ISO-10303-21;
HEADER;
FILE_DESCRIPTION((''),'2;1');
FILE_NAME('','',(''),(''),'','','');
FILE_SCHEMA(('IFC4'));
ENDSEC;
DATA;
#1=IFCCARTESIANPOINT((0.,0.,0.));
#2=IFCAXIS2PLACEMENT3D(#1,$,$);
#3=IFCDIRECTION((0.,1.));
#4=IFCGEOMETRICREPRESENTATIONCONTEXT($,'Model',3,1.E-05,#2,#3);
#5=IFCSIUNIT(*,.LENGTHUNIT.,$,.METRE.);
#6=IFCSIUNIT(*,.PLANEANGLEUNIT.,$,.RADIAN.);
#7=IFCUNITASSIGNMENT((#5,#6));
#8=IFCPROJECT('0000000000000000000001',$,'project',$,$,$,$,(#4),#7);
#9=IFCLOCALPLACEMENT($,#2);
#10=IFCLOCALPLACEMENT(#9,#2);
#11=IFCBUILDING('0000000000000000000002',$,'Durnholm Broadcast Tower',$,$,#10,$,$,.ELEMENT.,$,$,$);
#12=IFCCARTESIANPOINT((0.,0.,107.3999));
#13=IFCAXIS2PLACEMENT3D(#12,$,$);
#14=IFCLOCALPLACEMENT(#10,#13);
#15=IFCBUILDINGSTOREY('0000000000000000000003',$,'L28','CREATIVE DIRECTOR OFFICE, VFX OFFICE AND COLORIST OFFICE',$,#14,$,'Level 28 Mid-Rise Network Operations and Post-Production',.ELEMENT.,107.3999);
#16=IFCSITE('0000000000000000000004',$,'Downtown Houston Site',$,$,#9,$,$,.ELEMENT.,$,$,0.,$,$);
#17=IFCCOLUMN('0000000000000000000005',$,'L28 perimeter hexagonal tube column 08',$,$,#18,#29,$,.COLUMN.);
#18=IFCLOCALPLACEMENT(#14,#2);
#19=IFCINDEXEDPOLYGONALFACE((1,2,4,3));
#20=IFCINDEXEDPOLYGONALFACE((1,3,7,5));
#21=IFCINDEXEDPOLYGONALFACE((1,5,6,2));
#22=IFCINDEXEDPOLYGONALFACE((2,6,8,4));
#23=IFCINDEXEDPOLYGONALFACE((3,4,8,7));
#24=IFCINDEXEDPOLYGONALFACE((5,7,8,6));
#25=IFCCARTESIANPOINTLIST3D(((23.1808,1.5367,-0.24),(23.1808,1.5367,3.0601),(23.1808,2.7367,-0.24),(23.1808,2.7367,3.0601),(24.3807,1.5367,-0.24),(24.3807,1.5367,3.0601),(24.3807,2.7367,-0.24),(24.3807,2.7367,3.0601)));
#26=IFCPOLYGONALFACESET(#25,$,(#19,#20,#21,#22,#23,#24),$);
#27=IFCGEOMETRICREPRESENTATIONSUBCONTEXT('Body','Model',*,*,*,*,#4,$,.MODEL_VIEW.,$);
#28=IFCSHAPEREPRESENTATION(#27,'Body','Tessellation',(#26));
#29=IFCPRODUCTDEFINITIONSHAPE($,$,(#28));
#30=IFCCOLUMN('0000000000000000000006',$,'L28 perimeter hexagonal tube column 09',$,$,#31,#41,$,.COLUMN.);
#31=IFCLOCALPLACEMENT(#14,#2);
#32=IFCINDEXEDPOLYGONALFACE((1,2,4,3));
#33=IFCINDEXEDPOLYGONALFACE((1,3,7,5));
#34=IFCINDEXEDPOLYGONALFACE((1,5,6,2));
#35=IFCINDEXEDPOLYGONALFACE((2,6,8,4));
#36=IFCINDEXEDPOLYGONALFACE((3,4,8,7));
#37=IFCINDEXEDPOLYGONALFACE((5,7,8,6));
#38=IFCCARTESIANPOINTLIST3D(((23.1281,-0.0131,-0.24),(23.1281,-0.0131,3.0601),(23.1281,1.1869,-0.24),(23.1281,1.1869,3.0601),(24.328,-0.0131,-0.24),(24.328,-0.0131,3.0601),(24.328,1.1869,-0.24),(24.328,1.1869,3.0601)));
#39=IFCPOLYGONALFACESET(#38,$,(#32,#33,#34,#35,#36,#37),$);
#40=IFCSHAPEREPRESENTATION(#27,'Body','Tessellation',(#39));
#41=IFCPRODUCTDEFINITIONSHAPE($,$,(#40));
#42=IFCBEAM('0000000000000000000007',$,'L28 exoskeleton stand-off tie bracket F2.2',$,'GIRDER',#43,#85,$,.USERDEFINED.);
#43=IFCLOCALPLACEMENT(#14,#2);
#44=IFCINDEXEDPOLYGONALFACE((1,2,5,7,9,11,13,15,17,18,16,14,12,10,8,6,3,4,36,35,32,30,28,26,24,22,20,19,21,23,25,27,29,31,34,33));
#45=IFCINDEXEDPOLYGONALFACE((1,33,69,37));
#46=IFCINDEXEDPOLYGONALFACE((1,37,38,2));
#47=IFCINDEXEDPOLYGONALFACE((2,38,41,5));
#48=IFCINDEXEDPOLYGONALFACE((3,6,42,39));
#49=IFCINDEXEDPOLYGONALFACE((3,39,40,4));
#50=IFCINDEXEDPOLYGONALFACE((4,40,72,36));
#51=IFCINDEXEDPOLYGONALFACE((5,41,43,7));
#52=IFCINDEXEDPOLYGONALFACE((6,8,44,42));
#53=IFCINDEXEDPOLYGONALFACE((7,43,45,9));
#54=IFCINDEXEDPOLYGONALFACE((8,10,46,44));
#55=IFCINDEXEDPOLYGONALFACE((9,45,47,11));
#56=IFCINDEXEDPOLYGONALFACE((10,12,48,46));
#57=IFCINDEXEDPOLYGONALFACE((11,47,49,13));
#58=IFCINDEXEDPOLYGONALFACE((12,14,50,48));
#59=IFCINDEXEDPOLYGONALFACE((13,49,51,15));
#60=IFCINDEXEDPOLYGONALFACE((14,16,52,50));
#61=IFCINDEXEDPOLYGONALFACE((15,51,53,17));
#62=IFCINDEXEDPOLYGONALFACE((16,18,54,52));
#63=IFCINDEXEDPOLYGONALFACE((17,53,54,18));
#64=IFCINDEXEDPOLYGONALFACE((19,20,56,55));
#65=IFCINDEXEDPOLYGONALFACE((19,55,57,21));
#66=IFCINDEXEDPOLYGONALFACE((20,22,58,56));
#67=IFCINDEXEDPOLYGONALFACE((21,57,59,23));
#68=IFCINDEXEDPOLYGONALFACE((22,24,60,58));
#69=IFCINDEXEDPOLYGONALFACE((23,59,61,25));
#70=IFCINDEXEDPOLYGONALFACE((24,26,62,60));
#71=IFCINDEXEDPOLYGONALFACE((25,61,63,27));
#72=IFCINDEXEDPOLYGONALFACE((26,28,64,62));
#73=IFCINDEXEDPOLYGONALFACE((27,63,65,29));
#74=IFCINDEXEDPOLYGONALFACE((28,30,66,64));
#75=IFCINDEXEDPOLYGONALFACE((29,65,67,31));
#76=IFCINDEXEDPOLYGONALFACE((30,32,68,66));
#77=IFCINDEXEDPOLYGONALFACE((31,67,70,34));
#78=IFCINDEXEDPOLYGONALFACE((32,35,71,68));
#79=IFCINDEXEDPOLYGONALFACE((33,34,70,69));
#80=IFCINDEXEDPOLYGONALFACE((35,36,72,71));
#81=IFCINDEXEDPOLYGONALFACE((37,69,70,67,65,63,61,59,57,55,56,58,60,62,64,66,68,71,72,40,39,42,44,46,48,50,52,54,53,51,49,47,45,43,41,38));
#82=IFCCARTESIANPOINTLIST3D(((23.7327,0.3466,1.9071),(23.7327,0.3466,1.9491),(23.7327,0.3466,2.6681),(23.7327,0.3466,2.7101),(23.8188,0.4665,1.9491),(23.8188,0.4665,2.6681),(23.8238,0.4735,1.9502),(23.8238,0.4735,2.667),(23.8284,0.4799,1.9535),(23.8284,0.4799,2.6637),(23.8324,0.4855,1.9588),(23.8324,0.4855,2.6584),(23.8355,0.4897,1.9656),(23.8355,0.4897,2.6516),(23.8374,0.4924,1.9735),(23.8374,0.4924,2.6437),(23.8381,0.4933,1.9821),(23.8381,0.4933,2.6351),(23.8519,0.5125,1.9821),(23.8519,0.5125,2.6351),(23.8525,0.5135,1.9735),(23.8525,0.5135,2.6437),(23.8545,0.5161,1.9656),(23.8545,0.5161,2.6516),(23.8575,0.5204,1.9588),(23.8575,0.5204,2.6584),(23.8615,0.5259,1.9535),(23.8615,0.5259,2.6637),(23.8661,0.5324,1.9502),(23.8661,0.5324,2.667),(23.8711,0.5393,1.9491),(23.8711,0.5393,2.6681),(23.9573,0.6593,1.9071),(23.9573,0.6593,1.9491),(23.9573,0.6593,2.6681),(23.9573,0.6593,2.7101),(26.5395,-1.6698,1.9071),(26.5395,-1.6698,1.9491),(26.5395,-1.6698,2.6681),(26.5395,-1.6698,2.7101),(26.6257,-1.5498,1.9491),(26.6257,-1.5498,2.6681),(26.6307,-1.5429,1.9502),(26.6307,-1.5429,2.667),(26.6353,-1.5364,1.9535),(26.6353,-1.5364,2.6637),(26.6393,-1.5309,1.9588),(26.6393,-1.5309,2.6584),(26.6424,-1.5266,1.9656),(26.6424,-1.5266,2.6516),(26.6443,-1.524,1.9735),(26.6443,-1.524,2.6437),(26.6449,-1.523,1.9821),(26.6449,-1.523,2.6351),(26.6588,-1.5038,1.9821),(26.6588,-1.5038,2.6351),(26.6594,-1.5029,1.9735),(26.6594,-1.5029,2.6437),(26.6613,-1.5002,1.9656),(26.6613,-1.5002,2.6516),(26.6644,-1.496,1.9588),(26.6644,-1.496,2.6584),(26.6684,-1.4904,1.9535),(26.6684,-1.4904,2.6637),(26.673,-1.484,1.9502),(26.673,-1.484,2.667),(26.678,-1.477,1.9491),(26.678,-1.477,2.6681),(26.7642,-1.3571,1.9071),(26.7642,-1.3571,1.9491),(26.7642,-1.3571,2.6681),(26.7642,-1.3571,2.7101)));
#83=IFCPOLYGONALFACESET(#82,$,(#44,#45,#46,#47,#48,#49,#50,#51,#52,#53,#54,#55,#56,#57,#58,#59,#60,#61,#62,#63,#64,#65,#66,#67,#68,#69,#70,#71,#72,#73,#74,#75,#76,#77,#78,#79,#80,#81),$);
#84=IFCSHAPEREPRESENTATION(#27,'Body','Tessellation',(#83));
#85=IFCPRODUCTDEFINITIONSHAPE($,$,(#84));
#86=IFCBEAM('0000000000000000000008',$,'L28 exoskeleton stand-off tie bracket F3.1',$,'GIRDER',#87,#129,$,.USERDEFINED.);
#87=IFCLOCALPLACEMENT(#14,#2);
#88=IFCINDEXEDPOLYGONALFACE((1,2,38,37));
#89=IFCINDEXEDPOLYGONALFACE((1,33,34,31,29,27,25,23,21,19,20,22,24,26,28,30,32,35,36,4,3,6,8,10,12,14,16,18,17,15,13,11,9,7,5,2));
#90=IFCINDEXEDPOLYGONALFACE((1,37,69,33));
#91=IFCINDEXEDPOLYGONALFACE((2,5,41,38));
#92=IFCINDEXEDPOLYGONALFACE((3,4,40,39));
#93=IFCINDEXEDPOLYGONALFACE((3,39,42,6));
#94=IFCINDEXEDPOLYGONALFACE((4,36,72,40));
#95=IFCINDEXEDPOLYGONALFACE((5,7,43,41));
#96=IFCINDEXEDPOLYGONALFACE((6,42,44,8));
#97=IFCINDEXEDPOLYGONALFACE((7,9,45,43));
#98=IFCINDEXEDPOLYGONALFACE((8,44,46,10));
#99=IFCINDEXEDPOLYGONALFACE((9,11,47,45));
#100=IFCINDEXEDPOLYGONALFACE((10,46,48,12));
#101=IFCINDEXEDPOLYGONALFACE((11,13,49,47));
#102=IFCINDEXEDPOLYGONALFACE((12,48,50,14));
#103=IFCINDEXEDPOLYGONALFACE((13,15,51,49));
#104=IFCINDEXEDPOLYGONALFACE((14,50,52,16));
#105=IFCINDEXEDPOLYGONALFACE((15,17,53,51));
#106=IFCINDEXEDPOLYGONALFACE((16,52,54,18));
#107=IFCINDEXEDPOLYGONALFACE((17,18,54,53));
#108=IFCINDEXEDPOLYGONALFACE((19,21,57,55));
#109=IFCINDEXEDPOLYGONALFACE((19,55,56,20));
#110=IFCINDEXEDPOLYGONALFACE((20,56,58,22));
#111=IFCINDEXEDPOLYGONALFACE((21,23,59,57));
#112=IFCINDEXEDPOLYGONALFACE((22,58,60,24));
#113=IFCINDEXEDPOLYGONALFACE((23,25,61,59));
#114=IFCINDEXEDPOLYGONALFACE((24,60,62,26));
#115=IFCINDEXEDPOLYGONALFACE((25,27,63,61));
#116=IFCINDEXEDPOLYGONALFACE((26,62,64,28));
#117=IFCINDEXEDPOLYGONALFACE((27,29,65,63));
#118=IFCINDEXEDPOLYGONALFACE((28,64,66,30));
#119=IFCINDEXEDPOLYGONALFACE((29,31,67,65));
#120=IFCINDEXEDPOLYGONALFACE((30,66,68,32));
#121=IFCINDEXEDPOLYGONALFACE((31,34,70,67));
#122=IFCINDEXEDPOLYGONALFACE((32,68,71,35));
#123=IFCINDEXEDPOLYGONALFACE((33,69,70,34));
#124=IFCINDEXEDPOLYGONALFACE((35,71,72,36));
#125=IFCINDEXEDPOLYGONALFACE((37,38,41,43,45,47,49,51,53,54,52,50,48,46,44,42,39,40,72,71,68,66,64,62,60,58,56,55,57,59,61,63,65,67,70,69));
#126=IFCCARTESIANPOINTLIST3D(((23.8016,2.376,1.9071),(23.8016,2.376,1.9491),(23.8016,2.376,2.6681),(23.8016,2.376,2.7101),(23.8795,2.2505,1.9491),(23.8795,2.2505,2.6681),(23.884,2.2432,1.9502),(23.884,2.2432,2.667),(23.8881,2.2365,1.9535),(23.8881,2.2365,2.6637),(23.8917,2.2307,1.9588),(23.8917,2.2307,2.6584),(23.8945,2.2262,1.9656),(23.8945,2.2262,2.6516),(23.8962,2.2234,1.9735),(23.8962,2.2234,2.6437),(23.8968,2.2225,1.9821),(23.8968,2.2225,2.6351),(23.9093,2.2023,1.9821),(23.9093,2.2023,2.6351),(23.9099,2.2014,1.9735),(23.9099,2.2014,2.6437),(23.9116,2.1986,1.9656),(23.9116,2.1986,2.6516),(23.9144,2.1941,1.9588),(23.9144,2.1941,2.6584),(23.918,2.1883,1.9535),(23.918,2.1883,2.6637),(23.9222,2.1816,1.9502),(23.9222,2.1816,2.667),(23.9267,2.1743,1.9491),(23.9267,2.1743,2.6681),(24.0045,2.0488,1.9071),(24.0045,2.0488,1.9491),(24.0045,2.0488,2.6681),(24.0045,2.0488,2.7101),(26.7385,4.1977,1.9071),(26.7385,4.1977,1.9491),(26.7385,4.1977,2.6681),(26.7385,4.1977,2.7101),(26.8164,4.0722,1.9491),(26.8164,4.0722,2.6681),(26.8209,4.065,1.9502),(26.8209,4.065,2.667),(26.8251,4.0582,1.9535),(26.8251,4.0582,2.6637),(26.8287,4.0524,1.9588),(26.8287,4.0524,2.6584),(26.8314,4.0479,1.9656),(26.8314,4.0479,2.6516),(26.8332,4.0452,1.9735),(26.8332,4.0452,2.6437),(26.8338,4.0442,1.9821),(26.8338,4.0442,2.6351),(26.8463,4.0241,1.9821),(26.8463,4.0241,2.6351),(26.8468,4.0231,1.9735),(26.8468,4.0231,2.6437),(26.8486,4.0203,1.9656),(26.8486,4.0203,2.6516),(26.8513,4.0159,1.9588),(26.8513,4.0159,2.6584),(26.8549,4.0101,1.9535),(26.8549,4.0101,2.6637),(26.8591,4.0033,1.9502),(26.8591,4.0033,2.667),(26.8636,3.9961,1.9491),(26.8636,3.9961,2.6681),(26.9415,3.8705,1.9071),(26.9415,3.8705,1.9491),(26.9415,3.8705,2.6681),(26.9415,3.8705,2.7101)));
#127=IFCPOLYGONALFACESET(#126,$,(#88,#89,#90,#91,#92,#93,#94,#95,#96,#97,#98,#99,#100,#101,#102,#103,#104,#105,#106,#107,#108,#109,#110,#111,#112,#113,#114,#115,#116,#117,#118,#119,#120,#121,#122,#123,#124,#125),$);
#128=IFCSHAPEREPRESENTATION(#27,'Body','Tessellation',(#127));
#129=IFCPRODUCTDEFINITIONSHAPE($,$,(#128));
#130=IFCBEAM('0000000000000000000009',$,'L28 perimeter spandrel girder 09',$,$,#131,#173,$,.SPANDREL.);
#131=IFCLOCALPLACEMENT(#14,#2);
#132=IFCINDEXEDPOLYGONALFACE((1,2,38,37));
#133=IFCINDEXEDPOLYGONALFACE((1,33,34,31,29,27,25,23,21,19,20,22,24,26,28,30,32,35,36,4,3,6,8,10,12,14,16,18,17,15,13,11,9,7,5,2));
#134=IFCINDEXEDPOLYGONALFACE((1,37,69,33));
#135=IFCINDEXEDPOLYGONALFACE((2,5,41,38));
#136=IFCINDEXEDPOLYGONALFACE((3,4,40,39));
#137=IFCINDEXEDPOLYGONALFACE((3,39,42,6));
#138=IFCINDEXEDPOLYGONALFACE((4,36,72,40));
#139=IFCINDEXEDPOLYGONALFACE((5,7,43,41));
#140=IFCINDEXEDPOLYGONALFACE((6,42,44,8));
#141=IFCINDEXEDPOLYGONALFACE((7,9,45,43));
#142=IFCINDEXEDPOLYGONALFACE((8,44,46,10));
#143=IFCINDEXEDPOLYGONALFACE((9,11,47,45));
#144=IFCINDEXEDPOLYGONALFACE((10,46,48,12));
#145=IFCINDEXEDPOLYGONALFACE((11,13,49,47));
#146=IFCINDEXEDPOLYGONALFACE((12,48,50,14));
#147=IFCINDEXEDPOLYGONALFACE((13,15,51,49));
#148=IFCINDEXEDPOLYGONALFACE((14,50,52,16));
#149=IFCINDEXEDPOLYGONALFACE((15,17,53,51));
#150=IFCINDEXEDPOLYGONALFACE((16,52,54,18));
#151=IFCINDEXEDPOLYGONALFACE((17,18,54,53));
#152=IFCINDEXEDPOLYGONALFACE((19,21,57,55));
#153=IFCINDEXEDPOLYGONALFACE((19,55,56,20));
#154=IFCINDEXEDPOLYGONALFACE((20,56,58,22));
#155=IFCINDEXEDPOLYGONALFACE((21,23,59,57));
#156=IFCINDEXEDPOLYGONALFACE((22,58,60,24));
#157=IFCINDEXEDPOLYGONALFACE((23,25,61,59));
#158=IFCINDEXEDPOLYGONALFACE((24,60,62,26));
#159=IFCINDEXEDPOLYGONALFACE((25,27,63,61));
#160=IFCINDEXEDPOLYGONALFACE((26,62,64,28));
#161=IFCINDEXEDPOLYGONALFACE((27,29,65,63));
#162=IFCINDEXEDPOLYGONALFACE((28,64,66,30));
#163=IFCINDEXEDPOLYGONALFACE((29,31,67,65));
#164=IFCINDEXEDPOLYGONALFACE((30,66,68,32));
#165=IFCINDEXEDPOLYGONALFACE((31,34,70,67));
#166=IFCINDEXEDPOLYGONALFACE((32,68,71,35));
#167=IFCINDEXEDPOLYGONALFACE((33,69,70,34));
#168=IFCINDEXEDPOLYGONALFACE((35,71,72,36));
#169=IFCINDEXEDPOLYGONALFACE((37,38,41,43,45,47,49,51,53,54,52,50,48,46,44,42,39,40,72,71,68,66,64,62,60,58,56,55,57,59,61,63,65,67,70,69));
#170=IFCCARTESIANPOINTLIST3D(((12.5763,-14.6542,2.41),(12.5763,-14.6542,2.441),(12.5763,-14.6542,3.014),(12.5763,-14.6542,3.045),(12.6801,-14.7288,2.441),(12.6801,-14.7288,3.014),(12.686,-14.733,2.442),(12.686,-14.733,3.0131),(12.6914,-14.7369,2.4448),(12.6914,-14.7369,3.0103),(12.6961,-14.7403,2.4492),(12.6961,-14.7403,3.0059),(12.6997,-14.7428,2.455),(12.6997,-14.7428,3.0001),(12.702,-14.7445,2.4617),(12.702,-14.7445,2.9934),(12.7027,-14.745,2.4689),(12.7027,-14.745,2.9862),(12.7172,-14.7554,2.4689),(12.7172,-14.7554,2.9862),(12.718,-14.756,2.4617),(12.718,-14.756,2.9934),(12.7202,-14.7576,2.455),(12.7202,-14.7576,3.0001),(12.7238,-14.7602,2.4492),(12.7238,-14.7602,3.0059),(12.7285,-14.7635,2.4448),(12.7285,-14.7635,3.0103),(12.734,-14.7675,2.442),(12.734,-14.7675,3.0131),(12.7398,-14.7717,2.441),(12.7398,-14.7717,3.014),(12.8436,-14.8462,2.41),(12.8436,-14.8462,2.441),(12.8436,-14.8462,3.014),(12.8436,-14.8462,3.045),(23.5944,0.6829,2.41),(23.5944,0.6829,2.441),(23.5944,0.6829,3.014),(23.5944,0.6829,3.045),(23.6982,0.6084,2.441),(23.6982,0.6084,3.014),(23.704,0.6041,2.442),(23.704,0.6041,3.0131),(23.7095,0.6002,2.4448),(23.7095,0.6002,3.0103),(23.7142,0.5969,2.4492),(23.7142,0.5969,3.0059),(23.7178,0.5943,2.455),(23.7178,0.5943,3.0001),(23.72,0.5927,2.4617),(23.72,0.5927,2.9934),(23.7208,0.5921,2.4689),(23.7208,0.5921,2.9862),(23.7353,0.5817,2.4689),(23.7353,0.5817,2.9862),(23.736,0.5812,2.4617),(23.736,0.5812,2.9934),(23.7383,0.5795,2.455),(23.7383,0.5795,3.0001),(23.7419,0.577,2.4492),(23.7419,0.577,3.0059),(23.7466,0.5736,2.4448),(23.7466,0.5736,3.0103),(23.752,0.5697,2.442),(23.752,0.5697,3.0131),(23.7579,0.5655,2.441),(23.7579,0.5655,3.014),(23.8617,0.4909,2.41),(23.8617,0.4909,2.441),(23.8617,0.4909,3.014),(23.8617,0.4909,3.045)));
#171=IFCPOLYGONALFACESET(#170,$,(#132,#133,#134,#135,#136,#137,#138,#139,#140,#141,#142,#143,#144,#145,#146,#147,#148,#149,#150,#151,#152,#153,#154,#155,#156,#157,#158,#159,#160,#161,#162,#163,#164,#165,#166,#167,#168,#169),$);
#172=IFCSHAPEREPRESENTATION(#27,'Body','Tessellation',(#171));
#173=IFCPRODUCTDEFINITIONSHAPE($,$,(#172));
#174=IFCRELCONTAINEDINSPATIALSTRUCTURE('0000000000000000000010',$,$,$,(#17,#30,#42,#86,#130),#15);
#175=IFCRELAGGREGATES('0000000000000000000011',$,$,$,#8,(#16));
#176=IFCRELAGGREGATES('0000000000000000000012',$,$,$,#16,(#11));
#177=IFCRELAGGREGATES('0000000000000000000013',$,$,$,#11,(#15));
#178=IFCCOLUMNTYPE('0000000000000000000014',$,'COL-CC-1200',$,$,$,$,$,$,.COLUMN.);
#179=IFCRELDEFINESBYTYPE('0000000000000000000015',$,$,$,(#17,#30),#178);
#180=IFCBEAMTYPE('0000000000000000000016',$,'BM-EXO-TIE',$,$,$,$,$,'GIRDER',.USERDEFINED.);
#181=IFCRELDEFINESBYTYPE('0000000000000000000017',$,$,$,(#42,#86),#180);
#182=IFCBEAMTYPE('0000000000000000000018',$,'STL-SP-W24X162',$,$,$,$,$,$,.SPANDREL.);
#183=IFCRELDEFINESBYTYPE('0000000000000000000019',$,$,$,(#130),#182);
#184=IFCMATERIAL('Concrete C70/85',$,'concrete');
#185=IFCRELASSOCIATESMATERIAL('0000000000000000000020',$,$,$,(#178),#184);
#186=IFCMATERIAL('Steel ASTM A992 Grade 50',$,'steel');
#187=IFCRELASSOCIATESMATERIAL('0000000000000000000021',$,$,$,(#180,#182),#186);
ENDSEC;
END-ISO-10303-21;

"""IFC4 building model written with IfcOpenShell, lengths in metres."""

from ifc_helpers import new_model, si_unit, direction, frame, origin, origin_2d, place, context, subcontext, project, spatial, rectangle, i_section, extrude, source, transform, mapped, material, material_profile, profile_set, type_object, type_shapes, element, save


model = new_model("IFC4")

# Units and contexts
model_context = context("Model", 3, precision=1e-05, world=origin(), true_north=direction((0.0, 1.0)))
body_context = subcontext(model_context, "Body", "Model", "MODEL_VIEW")
ifc_project = project(units=[si_unit("LENGTHUNIT", "METRE"), si_unit("PLANEANGLEUNIT", "RADIAN")], contexts=[model_context])

# Site, building, storey
site_placement = place(None, origin())
site = spatial("IfcSite", under=ifc_project, at=site_placement, Name="Downtown Houston Site", CompositionType="ELEMENT", RefElevation=0.0)
building_placement = place(site_placement, origin())
building = spatial("IfcBuilding", under=site, at=building_placement, Name="Durnholm Broadcast Tower", CompositionType="ELEMENT")
storey_placement = place(building_placement, frame((0.0, 0.0, 107.3999)))
storey = spatial("IfcBuildingStorey", under=building, at=storey_placement, Name="L28", Description="CREATIVE DIRECTOR OFFICE, VFX OFFICE AND COLORIST OFFICE", LongName="Level 28 Mid-Rise Network Operations and Post-Production", CompositionType="ELEMENT", Elevation=107.3999)

# Columns
ifc_material_1 = material(Name="Concrete C70/85", Category="concrete")
ifc_material_profile_1 = material_profile(ifc_material_1, rectangle(XDim=1.2, YDim=1.2, at=origin_2d()), Name="RC1200X1200")
ifc_profile_set_1 = profile_set([ifc_material_profile_1], Name="Concrete C70/85")
column_type = type_object("IfcColumnType", Name="COL-CC-1200", PredefinedType="COLUMN", material=ifc_profile_set_1)
shared_shape_1 = source(origin(), body_context, "Body", "SweptSolid", [
    extrude(rectangle(XDim=1.2, YDim=1.2, at=origin_2d()), origin(), (0.0, 0.0, 1.0), 3.3),
])
type_shapes(column_type, [shared_shape_1])
for number, where, z_axis, x_axis, name in (
    (1, (23.7808, 2.1367, -0.24), (0.0, 0.0, 1.0), (1.0, 0.0, 0.0), "L28 perimeter hexagonal tube column 08"),
    (2, (23.728, 0.5869, -0.24), (0.0, 0.0, 1.0), (1.0, 0.0, 0.0), "L28 perimeter hexagonal tube column 09"),
):
    element("IfcColumn", number, at=place(storey_placement, frame(where, z_axis=z_axis, x_axis=x_axis)), inside=storey, type_object=column_type, Name=name, PredefinedType="COLUMN", context=body_context, shape_type="MappedRepresentation", body=[
        mapped(shared_shape_1, transform((0.0, 0.0, 0.0), x_axis=(1.0, 0.0, 0.0), y_axis=(0.0, 1.0, 0.0), z_axis=(0.0, 0.0, 1.0), scale=1.0)),
    ])

# Beams
ifc_material_2 = material(Name="Steel ASTM A992 Grade 50", Category="steel")
ifc_material_profile_2 = material_profile(ifc_material_2, i_section(OverallWidth=0.385, OverallDepth=0.803, WebThickness=0.0237, FlangeThickness=0.042, FilletRadius=0.033, at=origin_2d()), Name="W30X261")
ifc_profile_set_2 = profile_set([ifc_material_profile_2], Name="Steel ASTM A992 Grade 50")
beam_type_1 = type_object("IfcBeamType", Name="BM-EXO-TIE", ElementType="GIRDER", PredefinedType="USERDEFINED", material=ifc_profile_set_2)
shared_shape_2 = source(origin(), body_context, "Body", "SweptSolid", [
    extrude(i_section(OverallWidth=0.385, OverallDepth=0.803, WebThickness=0.0237, FlangeThickness=0.042, FilletRadius=0.033, at=origin_2d()), origin(), (0.0, 0.0, 1.0), 3.4561),
])
for number, where, z_axis, x_axis, name in (
    (3, (23.845, 0.5029, 2.3086), (0.812165, -0.583428, 0.0), (0.583428, 0.812165, 0.0), "L28 exoskeleton stand-off tie bracket F2.2"),
    (4, (23.9031, 2.2124, 2.3086), (0.849795, 0.527113, 0.0), (-0.527113, 0.849795, 0.0), "L28 exoskeleton stand-off tie bracket F3.1"),
):
    element("IfcBeam", number, at=place(storey_placement, frame(where, z_axis=z_axis, x_axis=x_axis)), inside=storey, type_object=beam_type_1, Name=name, ObjectType="GIRDER", PredefinedType="USERDEFINED", context=body_context, shape_type="MappedRepresentation", body=[
        mapped(shared_shape_2, transform((0.0, 0.0, 0.0), x_axis=(1.0, 0.0, 0.0), y_axis=(0.0, 1.0, 0.0), z_axis=(0.0, 0.0, 1.0), scale=1.0)),
    ])
ifc_material_profile_3 = material_profile(ifc_material_2, i_section(OverallWidth=0.3291, OverallDepth=0.635, WebThickness=0.0178, FlangeThickness=0.031, FilletRadius=0.0278, at=origin_2d()), Name="W24X162")
ifc_profile_set_3 = profile_set([ifc_material_profile_3], Name="Steel ASTM A992 Grade 50")
beam_type_2 = type_object("IfcBeamType", Name="STL-SP-W24X162", PredefinedType="SPANDREL", material=ifc_profile_set_3)
shared_shape_3 = source(origin(), body_context, "Body", "SweptSolid", [
    extrude(i_section(OverallWidth=0.3291, OverallDepth=0.635, WebThickness=0.0178, FlangeThickness=0.031, FilletRadius=0.0278, at=origin_2d()), origin(), (0.0, 0.0, 1.0), 18.8845),
])
beam_1_placement = place(storey_placement, frame((23.728, 0.5869, 2.7275), z_axis=(-0.583443, -0.812154, 0.0), x_axis=(0.812154, -0.583443, 0.0)))
element("IfcBeam", 5, at=beam_1_placement, inside=storey, type_object=beam_type_2, Name="L28 perimeter spandrel girder 09", PredefinedType="SPANDREL", context=body_context, shape_type="MappedRepresentation", body=[
    mapped(shared_shape_3, transform((0.0, 0.0, 0.0), x_axis=(1.0, 0.0, 0.0), y_axis=(0.0, 1.0, 0.0), z_axis=(0.0, 0.0, 1.0), scale=1.0)),
])

save(model, "model.ifc")
